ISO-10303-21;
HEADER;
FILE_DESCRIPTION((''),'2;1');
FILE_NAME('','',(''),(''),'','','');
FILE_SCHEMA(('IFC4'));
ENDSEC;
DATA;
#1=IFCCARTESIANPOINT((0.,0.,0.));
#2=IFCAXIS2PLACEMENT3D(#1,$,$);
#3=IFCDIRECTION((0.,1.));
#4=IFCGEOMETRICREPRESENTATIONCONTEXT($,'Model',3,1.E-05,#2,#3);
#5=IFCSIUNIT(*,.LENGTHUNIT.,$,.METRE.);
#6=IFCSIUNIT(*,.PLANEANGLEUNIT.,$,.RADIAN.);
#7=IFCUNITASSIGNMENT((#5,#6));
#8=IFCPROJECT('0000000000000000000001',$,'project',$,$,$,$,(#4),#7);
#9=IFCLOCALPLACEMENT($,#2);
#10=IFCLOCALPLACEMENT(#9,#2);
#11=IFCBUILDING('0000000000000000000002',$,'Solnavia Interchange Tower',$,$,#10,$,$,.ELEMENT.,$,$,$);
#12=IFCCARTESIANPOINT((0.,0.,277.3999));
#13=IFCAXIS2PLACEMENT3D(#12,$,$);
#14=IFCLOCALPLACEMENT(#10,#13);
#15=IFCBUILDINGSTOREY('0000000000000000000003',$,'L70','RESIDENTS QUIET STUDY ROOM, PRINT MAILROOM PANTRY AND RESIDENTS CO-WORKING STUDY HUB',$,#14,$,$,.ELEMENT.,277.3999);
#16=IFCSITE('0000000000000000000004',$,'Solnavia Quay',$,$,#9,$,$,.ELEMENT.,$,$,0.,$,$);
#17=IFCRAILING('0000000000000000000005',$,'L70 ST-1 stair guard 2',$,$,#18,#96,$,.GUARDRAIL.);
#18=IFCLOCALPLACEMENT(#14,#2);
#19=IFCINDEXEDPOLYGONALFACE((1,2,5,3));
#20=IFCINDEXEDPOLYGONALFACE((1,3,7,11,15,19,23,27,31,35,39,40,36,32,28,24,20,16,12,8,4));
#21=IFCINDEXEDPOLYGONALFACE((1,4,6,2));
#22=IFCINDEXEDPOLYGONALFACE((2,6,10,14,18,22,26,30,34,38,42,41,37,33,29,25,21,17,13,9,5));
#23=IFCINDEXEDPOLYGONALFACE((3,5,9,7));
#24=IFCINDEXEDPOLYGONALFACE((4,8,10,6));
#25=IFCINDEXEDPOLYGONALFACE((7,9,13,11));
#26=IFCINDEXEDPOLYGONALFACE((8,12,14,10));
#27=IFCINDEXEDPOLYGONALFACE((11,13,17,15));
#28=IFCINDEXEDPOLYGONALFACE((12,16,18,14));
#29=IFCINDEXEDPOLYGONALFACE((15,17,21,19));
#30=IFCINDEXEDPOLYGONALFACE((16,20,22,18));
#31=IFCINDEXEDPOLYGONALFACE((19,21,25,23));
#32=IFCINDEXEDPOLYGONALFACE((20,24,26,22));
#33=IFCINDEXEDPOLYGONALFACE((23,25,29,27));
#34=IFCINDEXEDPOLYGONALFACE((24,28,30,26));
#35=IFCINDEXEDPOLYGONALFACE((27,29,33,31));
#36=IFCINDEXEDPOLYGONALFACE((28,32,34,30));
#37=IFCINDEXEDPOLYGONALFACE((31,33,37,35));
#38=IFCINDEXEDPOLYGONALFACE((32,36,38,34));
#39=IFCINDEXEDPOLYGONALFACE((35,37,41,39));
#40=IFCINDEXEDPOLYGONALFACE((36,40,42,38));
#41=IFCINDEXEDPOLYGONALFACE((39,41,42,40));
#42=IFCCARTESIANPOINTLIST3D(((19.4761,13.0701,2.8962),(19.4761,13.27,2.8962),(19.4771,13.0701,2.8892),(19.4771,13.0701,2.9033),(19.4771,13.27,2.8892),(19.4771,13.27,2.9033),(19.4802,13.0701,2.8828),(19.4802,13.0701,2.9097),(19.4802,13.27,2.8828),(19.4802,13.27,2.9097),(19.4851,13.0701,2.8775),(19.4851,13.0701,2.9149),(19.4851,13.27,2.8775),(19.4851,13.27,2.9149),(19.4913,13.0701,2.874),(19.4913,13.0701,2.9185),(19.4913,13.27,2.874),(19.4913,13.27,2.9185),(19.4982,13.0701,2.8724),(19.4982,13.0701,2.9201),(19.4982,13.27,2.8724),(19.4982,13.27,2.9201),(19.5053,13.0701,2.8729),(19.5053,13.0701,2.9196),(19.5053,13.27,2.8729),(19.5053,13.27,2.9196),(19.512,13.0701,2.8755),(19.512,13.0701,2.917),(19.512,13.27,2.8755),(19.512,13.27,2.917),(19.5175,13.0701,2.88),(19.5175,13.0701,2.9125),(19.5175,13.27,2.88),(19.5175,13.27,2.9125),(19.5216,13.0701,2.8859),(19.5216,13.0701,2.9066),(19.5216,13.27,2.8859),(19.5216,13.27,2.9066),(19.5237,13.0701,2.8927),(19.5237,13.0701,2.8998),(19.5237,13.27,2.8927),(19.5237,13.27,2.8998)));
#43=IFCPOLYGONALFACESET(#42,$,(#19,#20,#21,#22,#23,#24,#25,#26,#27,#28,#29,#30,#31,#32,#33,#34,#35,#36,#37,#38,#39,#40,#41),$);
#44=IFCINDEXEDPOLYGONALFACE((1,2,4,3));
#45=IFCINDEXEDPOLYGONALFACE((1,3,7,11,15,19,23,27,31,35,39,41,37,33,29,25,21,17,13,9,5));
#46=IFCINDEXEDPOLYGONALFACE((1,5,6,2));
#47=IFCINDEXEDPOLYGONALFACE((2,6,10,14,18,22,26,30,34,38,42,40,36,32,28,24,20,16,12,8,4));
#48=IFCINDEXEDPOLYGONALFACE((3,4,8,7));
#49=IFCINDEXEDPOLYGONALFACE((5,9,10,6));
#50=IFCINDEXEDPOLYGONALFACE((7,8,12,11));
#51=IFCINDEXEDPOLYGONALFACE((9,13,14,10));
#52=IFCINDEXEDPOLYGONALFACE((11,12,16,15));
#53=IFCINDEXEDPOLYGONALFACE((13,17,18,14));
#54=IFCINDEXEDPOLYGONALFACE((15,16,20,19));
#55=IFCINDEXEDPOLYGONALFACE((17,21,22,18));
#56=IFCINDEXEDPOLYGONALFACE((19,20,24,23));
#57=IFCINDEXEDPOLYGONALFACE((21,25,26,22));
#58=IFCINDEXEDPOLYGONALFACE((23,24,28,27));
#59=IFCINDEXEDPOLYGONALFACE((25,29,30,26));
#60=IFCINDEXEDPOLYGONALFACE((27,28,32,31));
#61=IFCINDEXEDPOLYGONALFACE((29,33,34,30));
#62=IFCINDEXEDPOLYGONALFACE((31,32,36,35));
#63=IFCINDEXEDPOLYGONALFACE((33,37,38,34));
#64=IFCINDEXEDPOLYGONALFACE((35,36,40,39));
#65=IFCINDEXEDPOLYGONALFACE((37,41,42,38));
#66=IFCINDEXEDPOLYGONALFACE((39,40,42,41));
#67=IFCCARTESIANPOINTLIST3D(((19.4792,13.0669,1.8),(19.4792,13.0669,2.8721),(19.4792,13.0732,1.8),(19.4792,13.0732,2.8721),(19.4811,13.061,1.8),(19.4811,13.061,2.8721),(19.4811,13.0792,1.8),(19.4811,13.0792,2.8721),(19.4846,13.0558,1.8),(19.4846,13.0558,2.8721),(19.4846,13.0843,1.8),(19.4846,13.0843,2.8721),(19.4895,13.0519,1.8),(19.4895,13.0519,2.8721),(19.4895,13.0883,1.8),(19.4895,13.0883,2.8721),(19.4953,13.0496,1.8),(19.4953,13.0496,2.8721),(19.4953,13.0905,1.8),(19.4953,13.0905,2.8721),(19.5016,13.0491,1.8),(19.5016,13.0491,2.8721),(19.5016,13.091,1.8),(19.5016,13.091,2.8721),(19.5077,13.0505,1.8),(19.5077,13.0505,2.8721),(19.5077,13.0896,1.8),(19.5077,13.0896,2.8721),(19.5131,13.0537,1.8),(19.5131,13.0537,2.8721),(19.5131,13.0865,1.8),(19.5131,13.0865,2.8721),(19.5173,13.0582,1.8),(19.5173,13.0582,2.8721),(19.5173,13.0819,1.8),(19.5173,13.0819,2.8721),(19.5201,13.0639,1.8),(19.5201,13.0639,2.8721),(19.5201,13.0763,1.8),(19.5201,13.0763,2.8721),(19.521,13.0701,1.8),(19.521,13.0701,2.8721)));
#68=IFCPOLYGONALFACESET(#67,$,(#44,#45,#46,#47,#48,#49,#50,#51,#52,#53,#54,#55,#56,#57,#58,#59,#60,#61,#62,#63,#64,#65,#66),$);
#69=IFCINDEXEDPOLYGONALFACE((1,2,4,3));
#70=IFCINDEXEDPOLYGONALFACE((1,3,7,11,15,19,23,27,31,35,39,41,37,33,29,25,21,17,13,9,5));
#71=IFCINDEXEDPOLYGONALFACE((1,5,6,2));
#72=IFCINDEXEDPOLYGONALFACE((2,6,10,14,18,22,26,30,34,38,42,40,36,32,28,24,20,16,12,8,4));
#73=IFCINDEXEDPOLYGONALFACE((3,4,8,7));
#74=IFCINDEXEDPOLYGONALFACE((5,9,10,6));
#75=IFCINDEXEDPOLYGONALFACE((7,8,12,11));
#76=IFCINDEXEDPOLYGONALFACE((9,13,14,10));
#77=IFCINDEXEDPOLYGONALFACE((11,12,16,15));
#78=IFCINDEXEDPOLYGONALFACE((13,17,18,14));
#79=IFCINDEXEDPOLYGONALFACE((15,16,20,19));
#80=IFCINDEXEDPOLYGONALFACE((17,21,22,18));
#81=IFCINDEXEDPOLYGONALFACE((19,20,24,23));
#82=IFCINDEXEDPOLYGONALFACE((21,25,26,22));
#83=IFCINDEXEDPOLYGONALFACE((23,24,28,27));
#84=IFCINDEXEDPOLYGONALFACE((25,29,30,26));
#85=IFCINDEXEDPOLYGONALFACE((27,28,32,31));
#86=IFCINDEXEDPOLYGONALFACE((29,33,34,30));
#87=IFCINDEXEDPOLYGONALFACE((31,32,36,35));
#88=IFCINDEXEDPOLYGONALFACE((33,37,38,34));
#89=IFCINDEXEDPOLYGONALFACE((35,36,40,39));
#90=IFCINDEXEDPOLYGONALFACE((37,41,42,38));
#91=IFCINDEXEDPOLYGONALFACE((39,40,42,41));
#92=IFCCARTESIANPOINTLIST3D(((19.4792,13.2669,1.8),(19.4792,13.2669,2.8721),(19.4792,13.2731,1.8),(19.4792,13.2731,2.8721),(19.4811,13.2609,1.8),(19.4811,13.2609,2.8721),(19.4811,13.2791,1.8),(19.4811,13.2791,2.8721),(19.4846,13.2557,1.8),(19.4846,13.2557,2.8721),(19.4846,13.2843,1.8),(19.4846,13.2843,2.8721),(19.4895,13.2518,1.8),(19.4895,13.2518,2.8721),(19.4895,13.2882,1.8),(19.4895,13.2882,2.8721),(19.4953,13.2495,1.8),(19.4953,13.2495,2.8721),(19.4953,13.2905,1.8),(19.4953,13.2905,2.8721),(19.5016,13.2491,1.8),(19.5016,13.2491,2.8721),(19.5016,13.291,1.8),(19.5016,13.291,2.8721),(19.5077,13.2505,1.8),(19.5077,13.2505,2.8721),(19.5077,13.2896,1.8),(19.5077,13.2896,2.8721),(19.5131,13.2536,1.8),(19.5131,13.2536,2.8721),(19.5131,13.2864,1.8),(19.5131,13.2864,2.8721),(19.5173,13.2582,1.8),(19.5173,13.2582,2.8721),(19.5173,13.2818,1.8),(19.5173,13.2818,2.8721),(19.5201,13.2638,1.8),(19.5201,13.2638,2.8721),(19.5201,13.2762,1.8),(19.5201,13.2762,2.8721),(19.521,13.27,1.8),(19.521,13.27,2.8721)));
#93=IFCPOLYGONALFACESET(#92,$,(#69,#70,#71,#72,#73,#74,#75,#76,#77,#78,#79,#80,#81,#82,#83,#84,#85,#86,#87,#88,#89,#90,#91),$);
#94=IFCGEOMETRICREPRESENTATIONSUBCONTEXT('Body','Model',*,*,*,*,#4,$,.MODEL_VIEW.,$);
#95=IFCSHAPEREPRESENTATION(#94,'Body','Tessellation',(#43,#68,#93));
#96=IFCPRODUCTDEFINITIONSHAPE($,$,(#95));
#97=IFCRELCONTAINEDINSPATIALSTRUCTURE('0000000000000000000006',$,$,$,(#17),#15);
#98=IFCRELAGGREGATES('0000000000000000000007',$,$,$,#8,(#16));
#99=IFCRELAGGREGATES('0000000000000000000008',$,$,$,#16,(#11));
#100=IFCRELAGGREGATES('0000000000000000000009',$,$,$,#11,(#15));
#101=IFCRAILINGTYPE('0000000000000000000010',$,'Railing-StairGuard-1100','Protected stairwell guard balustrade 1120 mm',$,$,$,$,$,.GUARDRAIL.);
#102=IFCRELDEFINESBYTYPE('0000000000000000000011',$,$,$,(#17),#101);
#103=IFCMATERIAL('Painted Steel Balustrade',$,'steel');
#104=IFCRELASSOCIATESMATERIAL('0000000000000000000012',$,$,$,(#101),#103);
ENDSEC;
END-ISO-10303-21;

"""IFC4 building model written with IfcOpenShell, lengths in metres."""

from ifc_helpers import new_model, si_unit, direction, frame, origin, origin_2d, place, context, subcontext, project, spatial, circle, extrude, material, type_object, element, save


model = new_model("IFC4")

# Units and contexts
model_context = context("Model", 3, precision=1e-05, world=origin(), true_north=direction((0.0, 1.0)))
body_context = subcontext(model_context, "Body", "Model", "MODEL_VIEW")
ifc_project = project(units=[si_unit("LENGTHUNIT", "METRE"), si_unit("PLANEANGLEUNIT", "RADIAN")], contexts=[model_context])

# Site, building, storey
site_placement = place(None, origin())
site = spatial("IfcSite", under=ifc_project, at=site_placement, Name="Solnavia Quay", CompositionType="ELEMENT", RefElevation=0.0)
building_placement = place(site_placement, origin())
building = spatial("IfcBuilding", under=site, at=building_placement, Name="Solnavia Interchange Tower", CompositionType="ELEMENT")
storey_placement = place(building_placement, frame((0.0, 0.0, 277.3999)))
storey = spatial("IfcBuildingStorey", under=building, at=storey_placement, Name="L70", Description="RESIDENTS QUIET STUDY ROOM, PRINT MAILROOM PANTRY AND RESIDENTS CO-WORKING STUDY HUB", CompositionType="ELEMENT", Elevation=277.3999)

# Railing
ifc_material_1 = material(Name="Painted Steel Balustrade", Category="steel")
railing_type_1 = type_object("IfcRailingType", Name="Railing-StairGuard-1100", Description="Protected stairwell guard balustrade 1120 mm", PredefinedType="GUARDRAIL", material=ifc_material_1)
railing_1_placement = place(storey_placement, frame((19.5, 13.0701, 1.8)))
element("IfcRailing", 1, at=railing_1_placement, inside=storey, type_object=railing_type_1, Name="L70 ST-1 stair guard 2", PredefinedType="GUARDRAIL", context=body_context, shape_type="SweptSolid", body=[
    extrude(circle(Radius=0.0239, at=origin_2d()), frame((0.0, 0.0, 1.0962), z_axis=(0.0, 1.0, 0.0), x_axis=(-1.0, 0.0, 0.0)), (0.0, 0.0, 1.0), 0.2),
    extrude(circle(Radius=0.021, at=origin_2d()), origin(), (0.0, 0.0, 1.0), 1.072),
    extrude(circle(Radius=0.021, at=origin_2d()), frame((0.0, 0.2, 0.0)), (0.0, 0.0, 1.0), 1.072),
])

save(model, "model.ifc")
